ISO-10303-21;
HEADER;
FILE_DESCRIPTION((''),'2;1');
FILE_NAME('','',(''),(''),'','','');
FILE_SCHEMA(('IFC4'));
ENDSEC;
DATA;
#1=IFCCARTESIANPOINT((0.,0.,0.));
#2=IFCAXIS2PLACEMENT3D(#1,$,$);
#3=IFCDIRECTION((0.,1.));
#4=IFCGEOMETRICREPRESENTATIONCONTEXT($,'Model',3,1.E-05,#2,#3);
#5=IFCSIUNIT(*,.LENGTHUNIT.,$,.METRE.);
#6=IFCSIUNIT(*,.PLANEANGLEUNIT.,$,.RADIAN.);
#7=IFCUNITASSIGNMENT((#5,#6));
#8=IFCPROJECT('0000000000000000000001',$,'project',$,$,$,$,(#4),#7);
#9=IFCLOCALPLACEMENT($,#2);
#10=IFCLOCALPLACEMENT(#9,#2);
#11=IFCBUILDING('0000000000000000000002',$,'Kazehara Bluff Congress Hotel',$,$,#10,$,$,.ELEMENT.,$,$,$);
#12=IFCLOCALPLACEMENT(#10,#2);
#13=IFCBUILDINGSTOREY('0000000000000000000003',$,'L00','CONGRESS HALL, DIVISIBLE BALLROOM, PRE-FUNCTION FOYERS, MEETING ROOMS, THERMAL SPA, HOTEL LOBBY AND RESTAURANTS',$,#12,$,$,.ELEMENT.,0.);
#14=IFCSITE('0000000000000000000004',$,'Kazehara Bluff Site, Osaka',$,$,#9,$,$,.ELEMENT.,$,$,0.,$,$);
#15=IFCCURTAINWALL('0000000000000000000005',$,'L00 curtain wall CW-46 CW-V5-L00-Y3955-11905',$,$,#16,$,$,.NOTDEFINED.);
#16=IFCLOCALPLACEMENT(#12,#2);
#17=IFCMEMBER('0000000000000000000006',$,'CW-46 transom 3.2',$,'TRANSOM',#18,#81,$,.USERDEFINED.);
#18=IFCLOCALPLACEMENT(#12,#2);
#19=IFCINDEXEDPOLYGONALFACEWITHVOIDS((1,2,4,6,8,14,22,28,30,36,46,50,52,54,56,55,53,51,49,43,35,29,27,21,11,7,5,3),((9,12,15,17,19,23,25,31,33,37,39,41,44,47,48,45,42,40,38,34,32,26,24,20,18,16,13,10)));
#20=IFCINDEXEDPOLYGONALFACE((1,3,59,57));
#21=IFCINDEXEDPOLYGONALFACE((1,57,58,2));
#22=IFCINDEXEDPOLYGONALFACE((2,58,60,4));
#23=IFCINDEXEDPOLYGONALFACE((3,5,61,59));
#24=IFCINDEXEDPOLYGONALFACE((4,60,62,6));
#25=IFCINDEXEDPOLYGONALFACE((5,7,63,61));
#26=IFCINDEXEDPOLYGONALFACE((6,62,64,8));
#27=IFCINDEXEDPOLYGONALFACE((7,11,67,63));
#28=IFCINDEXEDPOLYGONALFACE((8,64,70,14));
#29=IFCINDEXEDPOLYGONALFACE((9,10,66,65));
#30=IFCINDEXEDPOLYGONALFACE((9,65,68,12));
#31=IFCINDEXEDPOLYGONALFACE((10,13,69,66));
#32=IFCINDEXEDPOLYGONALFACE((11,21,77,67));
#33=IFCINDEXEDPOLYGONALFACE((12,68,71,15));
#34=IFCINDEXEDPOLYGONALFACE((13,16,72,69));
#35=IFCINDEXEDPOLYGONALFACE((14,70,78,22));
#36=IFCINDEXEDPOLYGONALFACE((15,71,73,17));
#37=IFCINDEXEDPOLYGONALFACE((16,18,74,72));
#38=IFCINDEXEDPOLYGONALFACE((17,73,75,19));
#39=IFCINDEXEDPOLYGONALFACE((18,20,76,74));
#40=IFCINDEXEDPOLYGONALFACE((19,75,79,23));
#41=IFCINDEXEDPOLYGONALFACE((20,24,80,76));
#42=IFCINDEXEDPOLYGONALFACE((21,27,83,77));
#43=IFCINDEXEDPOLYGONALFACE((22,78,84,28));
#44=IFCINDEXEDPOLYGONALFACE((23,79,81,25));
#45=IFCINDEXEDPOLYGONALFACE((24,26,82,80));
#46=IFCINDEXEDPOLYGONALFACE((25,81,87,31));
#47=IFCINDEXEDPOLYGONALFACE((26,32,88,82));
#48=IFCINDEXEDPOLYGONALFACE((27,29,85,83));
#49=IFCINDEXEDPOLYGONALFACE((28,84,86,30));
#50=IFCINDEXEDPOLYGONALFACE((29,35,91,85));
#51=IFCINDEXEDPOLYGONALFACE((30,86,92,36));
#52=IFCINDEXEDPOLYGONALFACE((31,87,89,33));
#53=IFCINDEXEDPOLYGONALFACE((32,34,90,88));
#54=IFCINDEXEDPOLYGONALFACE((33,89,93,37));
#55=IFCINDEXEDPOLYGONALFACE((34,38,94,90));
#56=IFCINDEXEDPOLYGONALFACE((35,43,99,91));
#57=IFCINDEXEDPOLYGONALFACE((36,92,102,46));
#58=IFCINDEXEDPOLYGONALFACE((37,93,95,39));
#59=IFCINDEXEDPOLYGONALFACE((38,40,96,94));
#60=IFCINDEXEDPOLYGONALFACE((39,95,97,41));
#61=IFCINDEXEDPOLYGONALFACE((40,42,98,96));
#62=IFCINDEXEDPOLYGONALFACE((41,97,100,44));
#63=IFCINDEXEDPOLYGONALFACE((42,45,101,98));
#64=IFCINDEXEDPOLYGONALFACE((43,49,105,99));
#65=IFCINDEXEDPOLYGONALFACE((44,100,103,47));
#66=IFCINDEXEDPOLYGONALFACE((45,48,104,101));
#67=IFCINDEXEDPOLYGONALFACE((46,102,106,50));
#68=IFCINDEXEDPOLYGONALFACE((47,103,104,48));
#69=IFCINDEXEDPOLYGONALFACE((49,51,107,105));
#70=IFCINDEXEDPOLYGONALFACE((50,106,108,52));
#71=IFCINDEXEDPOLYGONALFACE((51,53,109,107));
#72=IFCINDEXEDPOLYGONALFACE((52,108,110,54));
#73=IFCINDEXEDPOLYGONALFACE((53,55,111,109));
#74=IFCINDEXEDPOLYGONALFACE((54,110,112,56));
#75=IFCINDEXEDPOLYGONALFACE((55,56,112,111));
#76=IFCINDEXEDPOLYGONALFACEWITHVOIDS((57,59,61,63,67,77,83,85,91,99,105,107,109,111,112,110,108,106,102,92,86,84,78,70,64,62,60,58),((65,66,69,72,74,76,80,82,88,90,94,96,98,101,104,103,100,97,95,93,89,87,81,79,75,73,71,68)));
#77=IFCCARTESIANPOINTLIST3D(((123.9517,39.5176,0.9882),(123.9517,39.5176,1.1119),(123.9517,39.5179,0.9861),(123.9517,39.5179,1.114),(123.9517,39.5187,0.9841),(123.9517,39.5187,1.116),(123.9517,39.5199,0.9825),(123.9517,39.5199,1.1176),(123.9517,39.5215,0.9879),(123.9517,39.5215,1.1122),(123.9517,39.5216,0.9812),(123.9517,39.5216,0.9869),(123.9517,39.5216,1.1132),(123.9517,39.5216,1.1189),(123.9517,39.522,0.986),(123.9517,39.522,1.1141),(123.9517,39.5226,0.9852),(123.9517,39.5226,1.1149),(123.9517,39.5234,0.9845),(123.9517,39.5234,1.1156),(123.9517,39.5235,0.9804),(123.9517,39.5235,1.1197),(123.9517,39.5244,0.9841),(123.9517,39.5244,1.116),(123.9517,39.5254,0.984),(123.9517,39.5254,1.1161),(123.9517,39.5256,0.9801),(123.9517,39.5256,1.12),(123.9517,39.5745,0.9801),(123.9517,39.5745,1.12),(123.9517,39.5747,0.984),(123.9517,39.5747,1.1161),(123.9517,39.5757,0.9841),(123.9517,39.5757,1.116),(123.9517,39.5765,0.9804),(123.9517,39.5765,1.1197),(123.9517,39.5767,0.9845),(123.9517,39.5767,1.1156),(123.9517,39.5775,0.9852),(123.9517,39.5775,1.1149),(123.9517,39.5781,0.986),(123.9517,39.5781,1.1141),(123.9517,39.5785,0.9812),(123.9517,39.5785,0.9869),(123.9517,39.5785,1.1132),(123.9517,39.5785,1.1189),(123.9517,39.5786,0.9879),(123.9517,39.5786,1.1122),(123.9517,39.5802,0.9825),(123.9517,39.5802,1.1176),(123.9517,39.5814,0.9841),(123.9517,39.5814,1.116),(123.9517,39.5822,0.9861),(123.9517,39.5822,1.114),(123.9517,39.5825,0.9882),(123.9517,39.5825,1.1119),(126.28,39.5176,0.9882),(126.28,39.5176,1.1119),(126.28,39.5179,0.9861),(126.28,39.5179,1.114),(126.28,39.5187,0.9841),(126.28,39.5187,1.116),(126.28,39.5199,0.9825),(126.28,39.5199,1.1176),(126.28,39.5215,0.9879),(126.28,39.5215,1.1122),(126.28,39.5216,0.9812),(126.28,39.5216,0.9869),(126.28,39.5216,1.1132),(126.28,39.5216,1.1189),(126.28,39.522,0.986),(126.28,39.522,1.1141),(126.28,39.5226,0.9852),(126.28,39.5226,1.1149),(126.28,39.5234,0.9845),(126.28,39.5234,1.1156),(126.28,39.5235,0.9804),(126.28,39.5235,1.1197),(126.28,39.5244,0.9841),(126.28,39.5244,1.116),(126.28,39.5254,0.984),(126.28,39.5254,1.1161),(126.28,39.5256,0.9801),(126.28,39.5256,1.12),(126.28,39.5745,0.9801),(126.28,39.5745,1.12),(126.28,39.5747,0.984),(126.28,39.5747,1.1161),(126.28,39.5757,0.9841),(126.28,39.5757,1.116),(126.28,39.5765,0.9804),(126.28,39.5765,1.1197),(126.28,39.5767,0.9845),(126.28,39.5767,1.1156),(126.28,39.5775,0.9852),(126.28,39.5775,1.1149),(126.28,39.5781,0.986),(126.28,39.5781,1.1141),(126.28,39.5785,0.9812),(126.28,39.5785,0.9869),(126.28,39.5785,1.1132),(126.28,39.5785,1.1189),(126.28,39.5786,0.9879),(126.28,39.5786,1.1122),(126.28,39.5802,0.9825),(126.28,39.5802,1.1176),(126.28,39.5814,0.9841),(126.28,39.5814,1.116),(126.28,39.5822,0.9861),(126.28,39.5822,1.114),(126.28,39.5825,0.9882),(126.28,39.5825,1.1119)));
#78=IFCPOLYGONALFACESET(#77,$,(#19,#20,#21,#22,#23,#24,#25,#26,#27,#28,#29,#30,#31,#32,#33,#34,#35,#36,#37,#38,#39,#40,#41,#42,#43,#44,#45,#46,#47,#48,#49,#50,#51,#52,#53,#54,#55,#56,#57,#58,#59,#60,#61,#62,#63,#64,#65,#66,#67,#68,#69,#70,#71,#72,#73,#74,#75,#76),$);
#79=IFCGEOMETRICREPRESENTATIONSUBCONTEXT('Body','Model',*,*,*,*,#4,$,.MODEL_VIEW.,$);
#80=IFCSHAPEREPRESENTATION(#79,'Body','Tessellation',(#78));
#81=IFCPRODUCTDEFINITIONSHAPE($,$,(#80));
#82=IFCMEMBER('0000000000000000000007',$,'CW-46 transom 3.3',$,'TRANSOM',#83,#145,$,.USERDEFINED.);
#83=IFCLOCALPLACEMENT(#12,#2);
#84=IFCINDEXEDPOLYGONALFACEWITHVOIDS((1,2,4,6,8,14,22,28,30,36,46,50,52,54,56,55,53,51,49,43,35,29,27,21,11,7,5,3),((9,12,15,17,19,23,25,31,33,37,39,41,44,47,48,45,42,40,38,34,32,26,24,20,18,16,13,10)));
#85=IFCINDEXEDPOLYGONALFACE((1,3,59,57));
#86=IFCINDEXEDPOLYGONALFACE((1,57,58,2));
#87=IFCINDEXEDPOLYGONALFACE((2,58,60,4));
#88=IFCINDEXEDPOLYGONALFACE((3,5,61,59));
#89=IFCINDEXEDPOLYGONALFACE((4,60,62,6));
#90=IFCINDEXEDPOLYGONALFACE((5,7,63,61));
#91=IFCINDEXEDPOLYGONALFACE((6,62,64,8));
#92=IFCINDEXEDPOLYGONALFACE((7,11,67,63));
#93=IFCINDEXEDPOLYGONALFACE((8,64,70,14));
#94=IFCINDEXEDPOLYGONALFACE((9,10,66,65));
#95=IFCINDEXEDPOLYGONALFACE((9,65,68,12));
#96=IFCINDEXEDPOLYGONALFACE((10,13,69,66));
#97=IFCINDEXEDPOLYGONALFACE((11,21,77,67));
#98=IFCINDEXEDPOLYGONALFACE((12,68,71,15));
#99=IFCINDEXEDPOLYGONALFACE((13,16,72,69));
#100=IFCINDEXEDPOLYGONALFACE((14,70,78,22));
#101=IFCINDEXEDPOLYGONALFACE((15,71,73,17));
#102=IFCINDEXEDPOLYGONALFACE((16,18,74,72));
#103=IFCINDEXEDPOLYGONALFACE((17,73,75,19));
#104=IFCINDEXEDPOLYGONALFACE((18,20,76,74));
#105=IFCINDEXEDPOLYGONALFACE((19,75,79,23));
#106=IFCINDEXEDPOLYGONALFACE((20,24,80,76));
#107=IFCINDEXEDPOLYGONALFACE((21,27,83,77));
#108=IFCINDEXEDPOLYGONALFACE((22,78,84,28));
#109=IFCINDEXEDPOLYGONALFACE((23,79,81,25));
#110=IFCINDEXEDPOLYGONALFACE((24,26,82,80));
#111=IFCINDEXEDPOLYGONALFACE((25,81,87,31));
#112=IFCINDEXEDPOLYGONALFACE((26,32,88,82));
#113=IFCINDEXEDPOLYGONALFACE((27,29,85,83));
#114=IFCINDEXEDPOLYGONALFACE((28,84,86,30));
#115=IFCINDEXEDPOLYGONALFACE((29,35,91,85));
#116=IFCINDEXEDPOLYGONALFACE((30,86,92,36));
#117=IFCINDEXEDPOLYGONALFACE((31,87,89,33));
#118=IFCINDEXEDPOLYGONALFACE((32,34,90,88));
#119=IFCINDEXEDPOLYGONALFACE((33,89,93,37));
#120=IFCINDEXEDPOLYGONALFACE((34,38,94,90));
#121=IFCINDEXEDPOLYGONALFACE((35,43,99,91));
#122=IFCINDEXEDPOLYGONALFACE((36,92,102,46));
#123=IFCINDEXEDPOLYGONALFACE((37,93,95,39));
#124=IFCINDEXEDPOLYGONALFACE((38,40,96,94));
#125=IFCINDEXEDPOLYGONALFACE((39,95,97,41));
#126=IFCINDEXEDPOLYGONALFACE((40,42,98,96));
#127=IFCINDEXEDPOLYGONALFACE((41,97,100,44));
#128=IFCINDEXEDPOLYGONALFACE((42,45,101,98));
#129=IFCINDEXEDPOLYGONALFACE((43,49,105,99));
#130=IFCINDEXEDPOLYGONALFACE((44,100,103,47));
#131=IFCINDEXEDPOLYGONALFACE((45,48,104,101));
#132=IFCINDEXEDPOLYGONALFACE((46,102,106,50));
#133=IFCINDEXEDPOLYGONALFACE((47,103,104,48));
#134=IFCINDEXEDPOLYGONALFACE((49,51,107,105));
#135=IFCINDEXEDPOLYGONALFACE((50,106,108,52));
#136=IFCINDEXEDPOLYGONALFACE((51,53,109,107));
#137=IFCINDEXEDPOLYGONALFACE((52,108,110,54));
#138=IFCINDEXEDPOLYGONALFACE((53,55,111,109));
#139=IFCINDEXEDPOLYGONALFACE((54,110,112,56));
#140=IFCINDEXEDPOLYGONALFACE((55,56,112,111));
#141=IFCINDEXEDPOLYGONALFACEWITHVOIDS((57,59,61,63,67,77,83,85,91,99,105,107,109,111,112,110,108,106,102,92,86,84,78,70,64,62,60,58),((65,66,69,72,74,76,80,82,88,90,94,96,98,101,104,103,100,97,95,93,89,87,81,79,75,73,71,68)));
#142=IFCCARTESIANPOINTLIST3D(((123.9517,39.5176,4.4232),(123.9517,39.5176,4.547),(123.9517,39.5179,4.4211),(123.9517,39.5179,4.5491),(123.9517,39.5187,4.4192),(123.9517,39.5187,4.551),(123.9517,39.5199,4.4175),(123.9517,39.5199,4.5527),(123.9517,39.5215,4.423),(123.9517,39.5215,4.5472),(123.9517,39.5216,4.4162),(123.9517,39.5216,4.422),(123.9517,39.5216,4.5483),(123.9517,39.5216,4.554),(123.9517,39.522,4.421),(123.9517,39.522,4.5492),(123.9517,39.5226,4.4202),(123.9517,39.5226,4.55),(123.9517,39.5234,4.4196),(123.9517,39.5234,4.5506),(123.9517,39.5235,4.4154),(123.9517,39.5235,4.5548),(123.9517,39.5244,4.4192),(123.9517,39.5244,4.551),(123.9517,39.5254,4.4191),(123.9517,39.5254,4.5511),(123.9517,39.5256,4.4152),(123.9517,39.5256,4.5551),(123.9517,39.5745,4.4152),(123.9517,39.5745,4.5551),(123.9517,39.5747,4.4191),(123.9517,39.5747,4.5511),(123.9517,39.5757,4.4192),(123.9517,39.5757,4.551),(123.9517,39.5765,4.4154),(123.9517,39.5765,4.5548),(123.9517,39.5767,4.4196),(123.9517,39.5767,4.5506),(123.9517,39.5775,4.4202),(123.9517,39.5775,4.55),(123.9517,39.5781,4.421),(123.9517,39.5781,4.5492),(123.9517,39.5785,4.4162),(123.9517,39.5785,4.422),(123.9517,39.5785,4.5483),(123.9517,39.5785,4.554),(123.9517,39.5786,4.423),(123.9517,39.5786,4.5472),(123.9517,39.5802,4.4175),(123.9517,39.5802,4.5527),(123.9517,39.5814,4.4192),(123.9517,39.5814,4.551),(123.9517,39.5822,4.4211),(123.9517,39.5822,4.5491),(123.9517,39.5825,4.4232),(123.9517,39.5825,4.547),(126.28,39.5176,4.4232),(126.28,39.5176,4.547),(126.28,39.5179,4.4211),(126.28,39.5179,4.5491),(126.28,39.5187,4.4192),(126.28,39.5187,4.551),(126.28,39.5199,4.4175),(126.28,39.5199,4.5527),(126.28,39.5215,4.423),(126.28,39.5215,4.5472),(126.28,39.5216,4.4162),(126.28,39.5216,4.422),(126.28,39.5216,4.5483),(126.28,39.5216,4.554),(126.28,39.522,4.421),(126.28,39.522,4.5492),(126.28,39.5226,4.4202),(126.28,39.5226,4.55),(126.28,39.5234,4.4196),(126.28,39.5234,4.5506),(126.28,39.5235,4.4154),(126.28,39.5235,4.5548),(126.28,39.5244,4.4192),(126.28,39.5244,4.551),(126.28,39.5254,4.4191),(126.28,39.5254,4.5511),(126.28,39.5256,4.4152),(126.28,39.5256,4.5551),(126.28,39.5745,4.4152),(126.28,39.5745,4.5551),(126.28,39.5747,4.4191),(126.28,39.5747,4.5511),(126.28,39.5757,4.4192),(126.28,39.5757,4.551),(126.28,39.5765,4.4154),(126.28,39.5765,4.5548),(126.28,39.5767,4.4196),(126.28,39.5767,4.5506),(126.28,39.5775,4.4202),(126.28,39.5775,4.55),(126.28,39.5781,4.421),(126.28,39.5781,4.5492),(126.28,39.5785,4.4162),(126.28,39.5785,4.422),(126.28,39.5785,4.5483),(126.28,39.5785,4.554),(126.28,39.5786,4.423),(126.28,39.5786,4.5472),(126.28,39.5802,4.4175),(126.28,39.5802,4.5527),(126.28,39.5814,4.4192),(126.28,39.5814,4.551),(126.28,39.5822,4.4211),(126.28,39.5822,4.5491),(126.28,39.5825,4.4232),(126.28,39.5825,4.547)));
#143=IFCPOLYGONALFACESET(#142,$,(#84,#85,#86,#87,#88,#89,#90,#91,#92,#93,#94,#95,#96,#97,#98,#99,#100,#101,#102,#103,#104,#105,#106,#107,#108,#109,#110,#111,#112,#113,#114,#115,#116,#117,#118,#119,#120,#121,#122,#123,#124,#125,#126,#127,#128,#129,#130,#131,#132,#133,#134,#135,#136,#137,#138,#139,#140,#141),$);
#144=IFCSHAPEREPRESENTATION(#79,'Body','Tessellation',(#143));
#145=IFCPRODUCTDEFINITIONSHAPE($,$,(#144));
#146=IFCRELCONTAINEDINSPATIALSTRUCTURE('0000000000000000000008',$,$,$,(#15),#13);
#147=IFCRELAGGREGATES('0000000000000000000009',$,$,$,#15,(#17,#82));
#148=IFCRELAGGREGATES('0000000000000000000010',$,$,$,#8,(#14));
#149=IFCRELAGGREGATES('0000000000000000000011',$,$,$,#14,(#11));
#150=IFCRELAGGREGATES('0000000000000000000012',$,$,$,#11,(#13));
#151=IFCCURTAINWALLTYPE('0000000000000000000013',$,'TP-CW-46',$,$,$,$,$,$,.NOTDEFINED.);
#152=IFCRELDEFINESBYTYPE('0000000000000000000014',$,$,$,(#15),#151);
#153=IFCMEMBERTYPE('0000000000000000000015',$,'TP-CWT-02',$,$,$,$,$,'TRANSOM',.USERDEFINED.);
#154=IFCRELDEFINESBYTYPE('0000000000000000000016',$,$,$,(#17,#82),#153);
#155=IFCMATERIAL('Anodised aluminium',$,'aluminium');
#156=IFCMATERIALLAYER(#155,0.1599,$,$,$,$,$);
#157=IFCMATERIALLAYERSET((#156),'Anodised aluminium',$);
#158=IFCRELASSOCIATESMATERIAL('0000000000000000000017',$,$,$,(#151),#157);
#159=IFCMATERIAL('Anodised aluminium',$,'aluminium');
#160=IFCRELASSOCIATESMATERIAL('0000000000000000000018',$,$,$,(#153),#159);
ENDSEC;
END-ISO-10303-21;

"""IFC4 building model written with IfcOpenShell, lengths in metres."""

from ifc_helpers import new_model, si_unit, direction, frame, origin, origin_2d, place, context, subcontext, project, spatial, hollow_rectangle, extrude, material, layer, layer_set, material_profile, profile_set, type_object, element, aggregate, save


model = new_model("IFC4")

# Units and contexts
model_context = context("Model", 3, precision=1e-05, world=origin(), true_north=direction((0.0, 1.0)))
body_context = subcontext(model_context, "Body", "Model", "MODEL_VIEW")
ifc_project = project(units=[si_unit("LENGTHUNIT", "METRE"), si_unit("PLANEANGLEUNIT", "RADIAN")], contexts=[model_context])

# Site, building, storey
site_placement = place(None, origin())
site = spatial("IfcSite", under=ifc_project, at=site_placement, Name="Kazehara Bluff Site, Osaka", CompositionType="ELEMENT", RefElevation=0.0)
building_placement = place(site_placement, origin())
building = spatial("IfcBuilding", under=site, at=building_placement, Name="Kazehara Bluff Congress Hotel", CompositionType="ELEMENT")
storey_placement = place(building_placement, origin())
storey = spatial("IfcBuildingStorey", under=building, at=storey_placement, Name="L00", Description="CONGRESS HALL, DIVISIBLE BALLROOM, PRE-FUNCTION FOYERS, MEETING ROOMS, THERMAL SPA, HOTEL LOBBY AND RESTAURANTS", CompositionType="ELEMENT", Elevation=0.0)

# Curtain wall, members
ifc_material_1 = material(Name="Anodised aluminium", Category="aluminium")
ifc_layer_1 = layer(ifc_material_1, 0.1599)
ifc_layer_set_1 = layer_set([ifc_layer_1], Name="Anodised aluminium")
curtain_wall_type = type_object("IfcCurtainWallType", Name="TP-CW-46", PredefinedType="NOTDEFINED", material=ifc_layer_set_1)
curtain_wall_placement = place(storey_placement, origin())
curtain_wall = element("IfcCurtainWall", 1, at=curtain_wall_placement, inside=storey, type_object=curtain_wall_type, Name="L00 curtain wall CW-46 CW-V5-L00-Y3955-11905", PredefinedType="NOTDEFINED")
ifc_material_2 = material(Name="Anodised aluminium", Category="aluminium")
ifc_material_profile_1 = material_profile(ifc_material_2, hollow_rectangle(XDim=0.0649, YDim=0.1399, WallThickness=0.0039, InnerFilletRadius=0.0039, OuterFilletRadius=0.0081, at=origin_2d()))
ifc_profile_set_1 = profile_set([ifc_material_profile_1], Name="Anodised aluminium")
member_type_1 = type_object("IfcMemberType", Name="TP-CWT-02", ElementType="TRANSOM", PredefinedType="USERDEFINED", material=ifc_profile_set_1)
member_1_placement = place(storey_placement, frame((123.9517, 39.55, 1.05), z_axis=(1.0, 0.0, 0.0), x_axis=(0.0, 1.0, 0.0)))
member_1 = element("IfcMember", 2, at=member_1_placement, type_object=member_type_1, Name="CW-46 transom 3.2", ObjectType="TRANSOM", PredefinedType="USERDEFINED", context=body_context, shape_type="SweptSolid", body=[
    extrude(hollow_rectangle(XDim=0.0649, YDim=0.1399, WallThickness=0.0039, InnerFilletRadius=0.0039, OuterFilletRadius=0.0081, at=origin_2d()), origin(), (0.0, 0.0, 1.0), 2.3284),
])
member_2_placement = place(storey_placement, frame((123.9517, 39.55, 4.4851), z_axis=(1.0, 0.0, 0.0), x_axis=(0.0, 1.0, 0.0)))
member_2 = element("IfcMember", 3, at=member_2_placement, type_object=member_type_1, Name="CW-46 transom 3.3", ObjectType="TRANSOM", PredefinedType="USERDEFINED", context=body_context, shape_type="SweptSolid", body=[
    extrude(hollow_rectangle(XDim=0.0649, YDim=0.1399, WallThickness=0.0039, InnerFilletRadius=0.0039, OuterFilletRadius=0.0081, at=origin_2d()), origin(), (0.0, 0.0, 1.0), 2.3284),
])

aggregate(curtain_wall, [member_1, member_2])

save(model, "model.ifc")
